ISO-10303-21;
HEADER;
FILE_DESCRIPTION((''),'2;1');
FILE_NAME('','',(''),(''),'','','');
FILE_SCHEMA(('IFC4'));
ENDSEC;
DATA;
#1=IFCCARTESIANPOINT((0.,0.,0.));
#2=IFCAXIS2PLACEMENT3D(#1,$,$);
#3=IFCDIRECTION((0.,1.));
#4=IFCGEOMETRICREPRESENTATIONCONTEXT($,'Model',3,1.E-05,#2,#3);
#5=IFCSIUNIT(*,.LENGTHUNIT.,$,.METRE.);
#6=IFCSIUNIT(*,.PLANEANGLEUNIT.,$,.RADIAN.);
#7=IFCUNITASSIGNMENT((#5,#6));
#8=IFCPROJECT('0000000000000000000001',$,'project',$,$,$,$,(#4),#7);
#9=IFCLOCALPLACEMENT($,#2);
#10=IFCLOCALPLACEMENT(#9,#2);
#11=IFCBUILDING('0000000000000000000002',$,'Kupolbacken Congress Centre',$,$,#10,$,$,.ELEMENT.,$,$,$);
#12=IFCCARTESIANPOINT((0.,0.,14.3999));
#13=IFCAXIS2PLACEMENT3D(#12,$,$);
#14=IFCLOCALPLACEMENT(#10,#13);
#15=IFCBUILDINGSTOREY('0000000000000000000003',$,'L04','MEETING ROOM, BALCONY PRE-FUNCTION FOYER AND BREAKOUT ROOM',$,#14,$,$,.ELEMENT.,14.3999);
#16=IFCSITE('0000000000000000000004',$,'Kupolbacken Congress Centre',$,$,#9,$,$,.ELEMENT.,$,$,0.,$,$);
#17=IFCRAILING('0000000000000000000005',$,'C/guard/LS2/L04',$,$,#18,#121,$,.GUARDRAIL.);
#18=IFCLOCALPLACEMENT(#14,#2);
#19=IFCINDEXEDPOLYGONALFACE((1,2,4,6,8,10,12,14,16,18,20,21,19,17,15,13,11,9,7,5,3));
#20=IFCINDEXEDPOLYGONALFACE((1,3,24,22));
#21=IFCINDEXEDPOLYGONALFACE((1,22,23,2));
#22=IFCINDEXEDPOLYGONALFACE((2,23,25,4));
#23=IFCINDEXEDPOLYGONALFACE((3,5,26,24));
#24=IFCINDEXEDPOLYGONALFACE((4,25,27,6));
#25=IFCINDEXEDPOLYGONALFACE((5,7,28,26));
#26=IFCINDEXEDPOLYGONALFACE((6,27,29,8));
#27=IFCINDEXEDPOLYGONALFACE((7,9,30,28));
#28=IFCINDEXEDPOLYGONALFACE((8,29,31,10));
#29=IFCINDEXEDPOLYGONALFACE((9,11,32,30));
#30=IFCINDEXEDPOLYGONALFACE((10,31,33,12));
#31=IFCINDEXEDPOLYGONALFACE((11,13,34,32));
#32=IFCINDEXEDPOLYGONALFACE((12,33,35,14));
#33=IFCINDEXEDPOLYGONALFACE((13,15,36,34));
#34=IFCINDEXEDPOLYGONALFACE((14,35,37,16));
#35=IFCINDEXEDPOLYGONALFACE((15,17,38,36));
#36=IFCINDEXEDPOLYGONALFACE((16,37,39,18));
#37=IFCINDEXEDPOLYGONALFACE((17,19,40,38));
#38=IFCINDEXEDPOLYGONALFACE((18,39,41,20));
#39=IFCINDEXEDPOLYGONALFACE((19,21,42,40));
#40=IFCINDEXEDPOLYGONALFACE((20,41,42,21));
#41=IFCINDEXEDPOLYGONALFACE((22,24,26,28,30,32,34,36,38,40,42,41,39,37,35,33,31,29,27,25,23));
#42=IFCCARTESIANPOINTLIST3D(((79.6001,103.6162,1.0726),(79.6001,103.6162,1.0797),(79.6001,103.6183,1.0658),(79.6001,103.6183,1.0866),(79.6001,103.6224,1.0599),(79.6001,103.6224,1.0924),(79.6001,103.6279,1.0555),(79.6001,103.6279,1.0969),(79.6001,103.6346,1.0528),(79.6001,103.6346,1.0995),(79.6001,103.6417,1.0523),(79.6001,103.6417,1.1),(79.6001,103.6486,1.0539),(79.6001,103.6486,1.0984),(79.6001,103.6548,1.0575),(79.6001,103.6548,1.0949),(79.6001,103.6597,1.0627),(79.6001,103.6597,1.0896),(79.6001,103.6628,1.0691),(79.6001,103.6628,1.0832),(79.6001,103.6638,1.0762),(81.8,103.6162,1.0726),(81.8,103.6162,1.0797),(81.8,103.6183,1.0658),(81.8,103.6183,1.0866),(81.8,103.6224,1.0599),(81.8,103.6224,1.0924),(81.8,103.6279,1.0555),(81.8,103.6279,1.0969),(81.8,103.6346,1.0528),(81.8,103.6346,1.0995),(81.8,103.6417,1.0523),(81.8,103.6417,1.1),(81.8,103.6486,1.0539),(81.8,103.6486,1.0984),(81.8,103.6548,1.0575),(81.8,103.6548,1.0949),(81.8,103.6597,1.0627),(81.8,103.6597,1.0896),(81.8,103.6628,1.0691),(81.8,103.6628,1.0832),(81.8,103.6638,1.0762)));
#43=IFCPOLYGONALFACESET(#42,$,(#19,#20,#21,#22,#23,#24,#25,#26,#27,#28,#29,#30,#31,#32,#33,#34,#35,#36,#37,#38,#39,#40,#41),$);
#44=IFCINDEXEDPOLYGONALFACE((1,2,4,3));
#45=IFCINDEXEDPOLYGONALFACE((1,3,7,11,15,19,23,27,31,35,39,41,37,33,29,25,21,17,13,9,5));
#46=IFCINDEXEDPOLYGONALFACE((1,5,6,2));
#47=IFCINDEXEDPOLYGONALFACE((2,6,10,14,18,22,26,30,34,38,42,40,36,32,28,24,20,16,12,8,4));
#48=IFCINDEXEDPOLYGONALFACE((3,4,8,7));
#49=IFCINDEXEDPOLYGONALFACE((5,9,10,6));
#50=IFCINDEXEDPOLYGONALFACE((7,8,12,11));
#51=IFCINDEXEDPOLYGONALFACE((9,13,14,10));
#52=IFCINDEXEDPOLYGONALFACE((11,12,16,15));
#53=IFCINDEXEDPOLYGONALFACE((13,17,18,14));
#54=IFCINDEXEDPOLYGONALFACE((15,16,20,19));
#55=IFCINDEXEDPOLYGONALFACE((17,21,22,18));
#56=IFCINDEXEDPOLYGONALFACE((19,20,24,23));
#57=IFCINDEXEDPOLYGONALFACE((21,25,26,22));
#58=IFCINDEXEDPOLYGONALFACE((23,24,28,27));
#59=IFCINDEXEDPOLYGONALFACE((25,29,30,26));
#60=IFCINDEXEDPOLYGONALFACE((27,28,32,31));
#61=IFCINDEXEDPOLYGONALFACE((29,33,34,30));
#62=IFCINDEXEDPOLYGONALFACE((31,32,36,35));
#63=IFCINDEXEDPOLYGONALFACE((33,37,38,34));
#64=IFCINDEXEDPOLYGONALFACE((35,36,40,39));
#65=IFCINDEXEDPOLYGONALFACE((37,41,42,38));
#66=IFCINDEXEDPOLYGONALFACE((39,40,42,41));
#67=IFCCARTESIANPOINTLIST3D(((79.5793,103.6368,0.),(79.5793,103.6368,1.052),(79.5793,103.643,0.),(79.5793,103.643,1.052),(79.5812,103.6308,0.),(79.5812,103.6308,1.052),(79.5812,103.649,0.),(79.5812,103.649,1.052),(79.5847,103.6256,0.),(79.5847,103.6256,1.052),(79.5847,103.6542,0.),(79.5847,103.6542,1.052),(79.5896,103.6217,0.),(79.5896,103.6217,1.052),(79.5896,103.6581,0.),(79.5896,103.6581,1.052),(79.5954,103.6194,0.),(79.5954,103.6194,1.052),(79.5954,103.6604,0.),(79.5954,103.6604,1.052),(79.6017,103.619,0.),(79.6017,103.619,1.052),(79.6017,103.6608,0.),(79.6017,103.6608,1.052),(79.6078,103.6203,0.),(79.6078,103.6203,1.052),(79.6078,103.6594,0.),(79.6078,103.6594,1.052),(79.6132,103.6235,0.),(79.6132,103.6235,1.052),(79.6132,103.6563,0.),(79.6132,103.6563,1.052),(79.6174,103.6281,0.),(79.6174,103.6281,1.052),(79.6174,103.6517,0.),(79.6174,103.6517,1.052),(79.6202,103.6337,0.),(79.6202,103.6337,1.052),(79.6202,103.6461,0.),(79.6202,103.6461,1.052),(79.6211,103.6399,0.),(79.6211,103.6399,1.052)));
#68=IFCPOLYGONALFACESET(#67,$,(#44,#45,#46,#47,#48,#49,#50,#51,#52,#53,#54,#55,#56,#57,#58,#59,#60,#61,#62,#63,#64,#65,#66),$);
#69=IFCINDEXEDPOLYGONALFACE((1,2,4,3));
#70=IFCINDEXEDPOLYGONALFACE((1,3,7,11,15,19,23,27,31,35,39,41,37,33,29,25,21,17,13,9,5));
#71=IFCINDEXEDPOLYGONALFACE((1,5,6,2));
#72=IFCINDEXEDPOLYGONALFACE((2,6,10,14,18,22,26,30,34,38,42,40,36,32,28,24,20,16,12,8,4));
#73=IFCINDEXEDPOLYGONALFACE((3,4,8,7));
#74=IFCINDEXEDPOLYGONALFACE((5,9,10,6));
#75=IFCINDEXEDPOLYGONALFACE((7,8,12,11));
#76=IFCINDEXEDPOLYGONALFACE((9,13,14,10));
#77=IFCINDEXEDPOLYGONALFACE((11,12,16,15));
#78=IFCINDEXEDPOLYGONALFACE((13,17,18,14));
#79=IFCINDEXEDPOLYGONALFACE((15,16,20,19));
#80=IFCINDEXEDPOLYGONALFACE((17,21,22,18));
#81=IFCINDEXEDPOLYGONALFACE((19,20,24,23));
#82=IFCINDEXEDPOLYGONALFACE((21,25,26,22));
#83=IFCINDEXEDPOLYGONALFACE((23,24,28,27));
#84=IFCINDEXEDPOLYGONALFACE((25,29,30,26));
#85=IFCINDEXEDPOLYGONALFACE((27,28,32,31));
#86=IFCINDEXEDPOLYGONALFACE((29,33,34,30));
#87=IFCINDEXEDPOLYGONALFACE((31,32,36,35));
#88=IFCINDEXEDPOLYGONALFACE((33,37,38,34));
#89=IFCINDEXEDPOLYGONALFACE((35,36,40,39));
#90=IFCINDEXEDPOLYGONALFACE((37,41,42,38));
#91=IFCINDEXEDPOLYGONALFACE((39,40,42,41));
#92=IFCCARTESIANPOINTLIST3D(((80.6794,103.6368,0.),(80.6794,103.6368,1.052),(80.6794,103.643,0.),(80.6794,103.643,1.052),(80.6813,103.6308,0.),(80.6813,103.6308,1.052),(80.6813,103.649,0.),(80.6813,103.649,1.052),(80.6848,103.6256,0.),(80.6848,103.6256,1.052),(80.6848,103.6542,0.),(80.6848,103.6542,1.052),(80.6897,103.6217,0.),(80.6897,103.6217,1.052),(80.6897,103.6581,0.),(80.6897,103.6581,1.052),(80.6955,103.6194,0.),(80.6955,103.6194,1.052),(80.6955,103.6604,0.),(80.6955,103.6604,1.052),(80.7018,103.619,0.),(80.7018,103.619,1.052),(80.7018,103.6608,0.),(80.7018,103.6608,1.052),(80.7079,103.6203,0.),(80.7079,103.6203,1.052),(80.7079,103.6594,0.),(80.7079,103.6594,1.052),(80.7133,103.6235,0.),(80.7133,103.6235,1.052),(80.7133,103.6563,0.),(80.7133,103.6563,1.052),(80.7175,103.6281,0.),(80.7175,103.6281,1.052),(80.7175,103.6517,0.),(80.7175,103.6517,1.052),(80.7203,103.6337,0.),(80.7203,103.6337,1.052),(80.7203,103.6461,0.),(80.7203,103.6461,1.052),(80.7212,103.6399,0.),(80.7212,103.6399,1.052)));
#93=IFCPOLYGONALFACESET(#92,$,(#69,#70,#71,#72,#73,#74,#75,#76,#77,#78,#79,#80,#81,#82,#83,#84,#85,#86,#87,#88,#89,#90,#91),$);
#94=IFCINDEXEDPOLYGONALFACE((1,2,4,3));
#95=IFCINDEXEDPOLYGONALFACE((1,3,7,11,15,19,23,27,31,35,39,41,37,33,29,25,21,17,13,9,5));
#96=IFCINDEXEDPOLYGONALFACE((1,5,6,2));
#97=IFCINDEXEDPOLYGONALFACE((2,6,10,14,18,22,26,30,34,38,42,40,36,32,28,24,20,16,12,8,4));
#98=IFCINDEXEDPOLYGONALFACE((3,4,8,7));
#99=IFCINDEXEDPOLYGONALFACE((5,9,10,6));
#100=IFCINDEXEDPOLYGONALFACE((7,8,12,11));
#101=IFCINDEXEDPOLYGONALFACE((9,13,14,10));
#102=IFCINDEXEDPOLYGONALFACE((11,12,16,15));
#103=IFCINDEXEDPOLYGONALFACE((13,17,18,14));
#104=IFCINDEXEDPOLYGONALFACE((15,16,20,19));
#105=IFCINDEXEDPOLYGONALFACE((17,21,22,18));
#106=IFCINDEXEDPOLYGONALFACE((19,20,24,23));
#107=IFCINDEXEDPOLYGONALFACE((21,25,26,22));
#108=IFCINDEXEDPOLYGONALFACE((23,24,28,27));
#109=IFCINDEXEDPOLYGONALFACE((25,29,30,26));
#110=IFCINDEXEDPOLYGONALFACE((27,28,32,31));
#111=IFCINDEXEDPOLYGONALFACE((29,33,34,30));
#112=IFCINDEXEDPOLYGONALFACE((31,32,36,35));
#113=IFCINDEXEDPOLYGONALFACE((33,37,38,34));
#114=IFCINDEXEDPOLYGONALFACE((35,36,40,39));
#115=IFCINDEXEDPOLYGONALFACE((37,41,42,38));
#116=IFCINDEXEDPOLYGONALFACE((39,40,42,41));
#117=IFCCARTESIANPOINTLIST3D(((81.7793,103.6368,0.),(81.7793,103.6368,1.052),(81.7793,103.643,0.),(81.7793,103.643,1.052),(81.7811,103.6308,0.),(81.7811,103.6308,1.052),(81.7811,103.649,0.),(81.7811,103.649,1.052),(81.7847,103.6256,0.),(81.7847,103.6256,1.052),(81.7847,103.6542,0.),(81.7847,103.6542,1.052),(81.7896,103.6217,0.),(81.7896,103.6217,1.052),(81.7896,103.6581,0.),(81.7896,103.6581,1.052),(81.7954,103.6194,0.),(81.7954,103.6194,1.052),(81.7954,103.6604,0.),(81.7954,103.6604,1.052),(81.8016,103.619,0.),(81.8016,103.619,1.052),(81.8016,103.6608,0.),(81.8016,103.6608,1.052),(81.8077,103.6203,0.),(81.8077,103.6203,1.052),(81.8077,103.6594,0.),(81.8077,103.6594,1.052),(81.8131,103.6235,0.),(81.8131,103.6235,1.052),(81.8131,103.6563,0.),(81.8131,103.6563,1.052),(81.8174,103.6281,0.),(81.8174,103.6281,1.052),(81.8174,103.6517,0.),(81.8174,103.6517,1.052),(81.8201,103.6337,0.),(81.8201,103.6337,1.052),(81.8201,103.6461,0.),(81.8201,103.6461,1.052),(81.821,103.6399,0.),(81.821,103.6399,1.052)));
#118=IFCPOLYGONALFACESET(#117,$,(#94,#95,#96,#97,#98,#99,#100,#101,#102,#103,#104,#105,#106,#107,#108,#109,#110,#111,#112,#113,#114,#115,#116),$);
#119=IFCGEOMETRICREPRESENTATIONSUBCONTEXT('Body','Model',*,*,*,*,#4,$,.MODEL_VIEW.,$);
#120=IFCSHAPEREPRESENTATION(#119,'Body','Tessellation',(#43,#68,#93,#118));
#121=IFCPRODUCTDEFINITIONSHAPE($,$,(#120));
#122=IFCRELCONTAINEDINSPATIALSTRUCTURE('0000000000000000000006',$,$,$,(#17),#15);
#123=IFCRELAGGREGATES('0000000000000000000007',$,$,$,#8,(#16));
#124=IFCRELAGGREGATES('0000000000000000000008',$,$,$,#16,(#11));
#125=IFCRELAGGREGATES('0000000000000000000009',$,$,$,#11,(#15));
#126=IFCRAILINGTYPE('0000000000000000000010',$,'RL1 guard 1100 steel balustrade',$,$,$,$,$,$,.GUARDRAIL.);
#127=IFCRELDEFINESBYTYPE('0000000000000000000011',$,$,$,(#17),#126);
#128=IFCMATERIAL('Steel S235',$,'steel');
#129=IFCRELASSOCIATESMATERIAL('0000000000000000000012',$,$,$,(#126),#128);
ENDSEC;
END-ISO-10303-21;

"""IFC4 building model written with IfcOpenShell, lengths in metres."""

from ifc_helpers import new_model, si_unit, direction, frame, origin, origin_2d, place, context, subcontext, project, spatial, circle, extrude, material, type_object, element, save


model = new_model("IFC4")

# Units and contexts
model_context = context("Model", 3, precision=1e-05, world=origin(), true_north=direction((0.0, 1.0)))
body_context = subcontext(model_context, "Body", "Model", "MODEL_VIEW")
ifc_project = project(units=[si_unit("LENGTHUNIT", "METRE"), si_unit("PLANEANGLEUNIT", "RADIAN")], contexts=[model_context])

# Site, building, storey
site_placement = place(None, origin())
site = spatial("IfcSite", under=ifc_project, at=site_placement, Name="Kupolbacken Congress Centre", CompositionType="ELEMENT", RefElevation=0.0)
building_placement = place(site_placement, origin())
building = spatial("IfcBuilding", under=site, at=building_placement, Name="Kupolbacken Congress Centre", CompositionType="ELEMENT")
storey_placement = place(building_placement, frame((0.0, 0.0, 14.3999)))
storey = spatial("IfcBuildingStorey", under=building, at=storey_placement, Name="L04", Description="MEETING ROOM, BALCONY PRE-FUNCTION FOYER AND BREAKOUT ROOM", CompositionType="ELEMENT", Elevation=14.3999)

# Railing
ifc_material_1 = material(Name="Steel S235", Category="steel")
railing_type = type_object("IfcRailingType", Name="RL1 guard 1100 steel balustrade", PredefinedType="GUARDRAIL", material=ifc_material_1)
railing_1_placement = place(storey_placement, frame((79.6001, 103.6399, 0.0)))
element("IfcRailing", 1, at=railing_1_placement, inside=storey, type_object=railing_type, Name="C/guard/LS2/L04", PredefinedType="GUARDRAIL", context=body_context, shape_type="SweptSolid", body=[
    extrude(circle(Radius=0.0239, at=origin_2d()), frame((0.0, 0.0, 1.0762), z_axis=(1.0, 0.0, 0.0), x_axis=(0.0, 1.0, 0.0)), (0.0, 0.0, 1.0), 2.2),
    extrude(circle(Radius=0.021, at=origin_2d()), origin(), (0.0, 0.0, 1.0), 1.052),
    extrude(circle(Radius=0.021, at=origin_2d()), frame((1.1001, 0.0, 0.0)), (0.0, 0.0, 1.0), 1.052),
    extrude(circle(Radius=0.021, at=origin_2d()), frame((2.2, 0.0, 0.0)), (0.0, 0.0, 1.0), 1.052),
])

save(model, "model.ifc")
